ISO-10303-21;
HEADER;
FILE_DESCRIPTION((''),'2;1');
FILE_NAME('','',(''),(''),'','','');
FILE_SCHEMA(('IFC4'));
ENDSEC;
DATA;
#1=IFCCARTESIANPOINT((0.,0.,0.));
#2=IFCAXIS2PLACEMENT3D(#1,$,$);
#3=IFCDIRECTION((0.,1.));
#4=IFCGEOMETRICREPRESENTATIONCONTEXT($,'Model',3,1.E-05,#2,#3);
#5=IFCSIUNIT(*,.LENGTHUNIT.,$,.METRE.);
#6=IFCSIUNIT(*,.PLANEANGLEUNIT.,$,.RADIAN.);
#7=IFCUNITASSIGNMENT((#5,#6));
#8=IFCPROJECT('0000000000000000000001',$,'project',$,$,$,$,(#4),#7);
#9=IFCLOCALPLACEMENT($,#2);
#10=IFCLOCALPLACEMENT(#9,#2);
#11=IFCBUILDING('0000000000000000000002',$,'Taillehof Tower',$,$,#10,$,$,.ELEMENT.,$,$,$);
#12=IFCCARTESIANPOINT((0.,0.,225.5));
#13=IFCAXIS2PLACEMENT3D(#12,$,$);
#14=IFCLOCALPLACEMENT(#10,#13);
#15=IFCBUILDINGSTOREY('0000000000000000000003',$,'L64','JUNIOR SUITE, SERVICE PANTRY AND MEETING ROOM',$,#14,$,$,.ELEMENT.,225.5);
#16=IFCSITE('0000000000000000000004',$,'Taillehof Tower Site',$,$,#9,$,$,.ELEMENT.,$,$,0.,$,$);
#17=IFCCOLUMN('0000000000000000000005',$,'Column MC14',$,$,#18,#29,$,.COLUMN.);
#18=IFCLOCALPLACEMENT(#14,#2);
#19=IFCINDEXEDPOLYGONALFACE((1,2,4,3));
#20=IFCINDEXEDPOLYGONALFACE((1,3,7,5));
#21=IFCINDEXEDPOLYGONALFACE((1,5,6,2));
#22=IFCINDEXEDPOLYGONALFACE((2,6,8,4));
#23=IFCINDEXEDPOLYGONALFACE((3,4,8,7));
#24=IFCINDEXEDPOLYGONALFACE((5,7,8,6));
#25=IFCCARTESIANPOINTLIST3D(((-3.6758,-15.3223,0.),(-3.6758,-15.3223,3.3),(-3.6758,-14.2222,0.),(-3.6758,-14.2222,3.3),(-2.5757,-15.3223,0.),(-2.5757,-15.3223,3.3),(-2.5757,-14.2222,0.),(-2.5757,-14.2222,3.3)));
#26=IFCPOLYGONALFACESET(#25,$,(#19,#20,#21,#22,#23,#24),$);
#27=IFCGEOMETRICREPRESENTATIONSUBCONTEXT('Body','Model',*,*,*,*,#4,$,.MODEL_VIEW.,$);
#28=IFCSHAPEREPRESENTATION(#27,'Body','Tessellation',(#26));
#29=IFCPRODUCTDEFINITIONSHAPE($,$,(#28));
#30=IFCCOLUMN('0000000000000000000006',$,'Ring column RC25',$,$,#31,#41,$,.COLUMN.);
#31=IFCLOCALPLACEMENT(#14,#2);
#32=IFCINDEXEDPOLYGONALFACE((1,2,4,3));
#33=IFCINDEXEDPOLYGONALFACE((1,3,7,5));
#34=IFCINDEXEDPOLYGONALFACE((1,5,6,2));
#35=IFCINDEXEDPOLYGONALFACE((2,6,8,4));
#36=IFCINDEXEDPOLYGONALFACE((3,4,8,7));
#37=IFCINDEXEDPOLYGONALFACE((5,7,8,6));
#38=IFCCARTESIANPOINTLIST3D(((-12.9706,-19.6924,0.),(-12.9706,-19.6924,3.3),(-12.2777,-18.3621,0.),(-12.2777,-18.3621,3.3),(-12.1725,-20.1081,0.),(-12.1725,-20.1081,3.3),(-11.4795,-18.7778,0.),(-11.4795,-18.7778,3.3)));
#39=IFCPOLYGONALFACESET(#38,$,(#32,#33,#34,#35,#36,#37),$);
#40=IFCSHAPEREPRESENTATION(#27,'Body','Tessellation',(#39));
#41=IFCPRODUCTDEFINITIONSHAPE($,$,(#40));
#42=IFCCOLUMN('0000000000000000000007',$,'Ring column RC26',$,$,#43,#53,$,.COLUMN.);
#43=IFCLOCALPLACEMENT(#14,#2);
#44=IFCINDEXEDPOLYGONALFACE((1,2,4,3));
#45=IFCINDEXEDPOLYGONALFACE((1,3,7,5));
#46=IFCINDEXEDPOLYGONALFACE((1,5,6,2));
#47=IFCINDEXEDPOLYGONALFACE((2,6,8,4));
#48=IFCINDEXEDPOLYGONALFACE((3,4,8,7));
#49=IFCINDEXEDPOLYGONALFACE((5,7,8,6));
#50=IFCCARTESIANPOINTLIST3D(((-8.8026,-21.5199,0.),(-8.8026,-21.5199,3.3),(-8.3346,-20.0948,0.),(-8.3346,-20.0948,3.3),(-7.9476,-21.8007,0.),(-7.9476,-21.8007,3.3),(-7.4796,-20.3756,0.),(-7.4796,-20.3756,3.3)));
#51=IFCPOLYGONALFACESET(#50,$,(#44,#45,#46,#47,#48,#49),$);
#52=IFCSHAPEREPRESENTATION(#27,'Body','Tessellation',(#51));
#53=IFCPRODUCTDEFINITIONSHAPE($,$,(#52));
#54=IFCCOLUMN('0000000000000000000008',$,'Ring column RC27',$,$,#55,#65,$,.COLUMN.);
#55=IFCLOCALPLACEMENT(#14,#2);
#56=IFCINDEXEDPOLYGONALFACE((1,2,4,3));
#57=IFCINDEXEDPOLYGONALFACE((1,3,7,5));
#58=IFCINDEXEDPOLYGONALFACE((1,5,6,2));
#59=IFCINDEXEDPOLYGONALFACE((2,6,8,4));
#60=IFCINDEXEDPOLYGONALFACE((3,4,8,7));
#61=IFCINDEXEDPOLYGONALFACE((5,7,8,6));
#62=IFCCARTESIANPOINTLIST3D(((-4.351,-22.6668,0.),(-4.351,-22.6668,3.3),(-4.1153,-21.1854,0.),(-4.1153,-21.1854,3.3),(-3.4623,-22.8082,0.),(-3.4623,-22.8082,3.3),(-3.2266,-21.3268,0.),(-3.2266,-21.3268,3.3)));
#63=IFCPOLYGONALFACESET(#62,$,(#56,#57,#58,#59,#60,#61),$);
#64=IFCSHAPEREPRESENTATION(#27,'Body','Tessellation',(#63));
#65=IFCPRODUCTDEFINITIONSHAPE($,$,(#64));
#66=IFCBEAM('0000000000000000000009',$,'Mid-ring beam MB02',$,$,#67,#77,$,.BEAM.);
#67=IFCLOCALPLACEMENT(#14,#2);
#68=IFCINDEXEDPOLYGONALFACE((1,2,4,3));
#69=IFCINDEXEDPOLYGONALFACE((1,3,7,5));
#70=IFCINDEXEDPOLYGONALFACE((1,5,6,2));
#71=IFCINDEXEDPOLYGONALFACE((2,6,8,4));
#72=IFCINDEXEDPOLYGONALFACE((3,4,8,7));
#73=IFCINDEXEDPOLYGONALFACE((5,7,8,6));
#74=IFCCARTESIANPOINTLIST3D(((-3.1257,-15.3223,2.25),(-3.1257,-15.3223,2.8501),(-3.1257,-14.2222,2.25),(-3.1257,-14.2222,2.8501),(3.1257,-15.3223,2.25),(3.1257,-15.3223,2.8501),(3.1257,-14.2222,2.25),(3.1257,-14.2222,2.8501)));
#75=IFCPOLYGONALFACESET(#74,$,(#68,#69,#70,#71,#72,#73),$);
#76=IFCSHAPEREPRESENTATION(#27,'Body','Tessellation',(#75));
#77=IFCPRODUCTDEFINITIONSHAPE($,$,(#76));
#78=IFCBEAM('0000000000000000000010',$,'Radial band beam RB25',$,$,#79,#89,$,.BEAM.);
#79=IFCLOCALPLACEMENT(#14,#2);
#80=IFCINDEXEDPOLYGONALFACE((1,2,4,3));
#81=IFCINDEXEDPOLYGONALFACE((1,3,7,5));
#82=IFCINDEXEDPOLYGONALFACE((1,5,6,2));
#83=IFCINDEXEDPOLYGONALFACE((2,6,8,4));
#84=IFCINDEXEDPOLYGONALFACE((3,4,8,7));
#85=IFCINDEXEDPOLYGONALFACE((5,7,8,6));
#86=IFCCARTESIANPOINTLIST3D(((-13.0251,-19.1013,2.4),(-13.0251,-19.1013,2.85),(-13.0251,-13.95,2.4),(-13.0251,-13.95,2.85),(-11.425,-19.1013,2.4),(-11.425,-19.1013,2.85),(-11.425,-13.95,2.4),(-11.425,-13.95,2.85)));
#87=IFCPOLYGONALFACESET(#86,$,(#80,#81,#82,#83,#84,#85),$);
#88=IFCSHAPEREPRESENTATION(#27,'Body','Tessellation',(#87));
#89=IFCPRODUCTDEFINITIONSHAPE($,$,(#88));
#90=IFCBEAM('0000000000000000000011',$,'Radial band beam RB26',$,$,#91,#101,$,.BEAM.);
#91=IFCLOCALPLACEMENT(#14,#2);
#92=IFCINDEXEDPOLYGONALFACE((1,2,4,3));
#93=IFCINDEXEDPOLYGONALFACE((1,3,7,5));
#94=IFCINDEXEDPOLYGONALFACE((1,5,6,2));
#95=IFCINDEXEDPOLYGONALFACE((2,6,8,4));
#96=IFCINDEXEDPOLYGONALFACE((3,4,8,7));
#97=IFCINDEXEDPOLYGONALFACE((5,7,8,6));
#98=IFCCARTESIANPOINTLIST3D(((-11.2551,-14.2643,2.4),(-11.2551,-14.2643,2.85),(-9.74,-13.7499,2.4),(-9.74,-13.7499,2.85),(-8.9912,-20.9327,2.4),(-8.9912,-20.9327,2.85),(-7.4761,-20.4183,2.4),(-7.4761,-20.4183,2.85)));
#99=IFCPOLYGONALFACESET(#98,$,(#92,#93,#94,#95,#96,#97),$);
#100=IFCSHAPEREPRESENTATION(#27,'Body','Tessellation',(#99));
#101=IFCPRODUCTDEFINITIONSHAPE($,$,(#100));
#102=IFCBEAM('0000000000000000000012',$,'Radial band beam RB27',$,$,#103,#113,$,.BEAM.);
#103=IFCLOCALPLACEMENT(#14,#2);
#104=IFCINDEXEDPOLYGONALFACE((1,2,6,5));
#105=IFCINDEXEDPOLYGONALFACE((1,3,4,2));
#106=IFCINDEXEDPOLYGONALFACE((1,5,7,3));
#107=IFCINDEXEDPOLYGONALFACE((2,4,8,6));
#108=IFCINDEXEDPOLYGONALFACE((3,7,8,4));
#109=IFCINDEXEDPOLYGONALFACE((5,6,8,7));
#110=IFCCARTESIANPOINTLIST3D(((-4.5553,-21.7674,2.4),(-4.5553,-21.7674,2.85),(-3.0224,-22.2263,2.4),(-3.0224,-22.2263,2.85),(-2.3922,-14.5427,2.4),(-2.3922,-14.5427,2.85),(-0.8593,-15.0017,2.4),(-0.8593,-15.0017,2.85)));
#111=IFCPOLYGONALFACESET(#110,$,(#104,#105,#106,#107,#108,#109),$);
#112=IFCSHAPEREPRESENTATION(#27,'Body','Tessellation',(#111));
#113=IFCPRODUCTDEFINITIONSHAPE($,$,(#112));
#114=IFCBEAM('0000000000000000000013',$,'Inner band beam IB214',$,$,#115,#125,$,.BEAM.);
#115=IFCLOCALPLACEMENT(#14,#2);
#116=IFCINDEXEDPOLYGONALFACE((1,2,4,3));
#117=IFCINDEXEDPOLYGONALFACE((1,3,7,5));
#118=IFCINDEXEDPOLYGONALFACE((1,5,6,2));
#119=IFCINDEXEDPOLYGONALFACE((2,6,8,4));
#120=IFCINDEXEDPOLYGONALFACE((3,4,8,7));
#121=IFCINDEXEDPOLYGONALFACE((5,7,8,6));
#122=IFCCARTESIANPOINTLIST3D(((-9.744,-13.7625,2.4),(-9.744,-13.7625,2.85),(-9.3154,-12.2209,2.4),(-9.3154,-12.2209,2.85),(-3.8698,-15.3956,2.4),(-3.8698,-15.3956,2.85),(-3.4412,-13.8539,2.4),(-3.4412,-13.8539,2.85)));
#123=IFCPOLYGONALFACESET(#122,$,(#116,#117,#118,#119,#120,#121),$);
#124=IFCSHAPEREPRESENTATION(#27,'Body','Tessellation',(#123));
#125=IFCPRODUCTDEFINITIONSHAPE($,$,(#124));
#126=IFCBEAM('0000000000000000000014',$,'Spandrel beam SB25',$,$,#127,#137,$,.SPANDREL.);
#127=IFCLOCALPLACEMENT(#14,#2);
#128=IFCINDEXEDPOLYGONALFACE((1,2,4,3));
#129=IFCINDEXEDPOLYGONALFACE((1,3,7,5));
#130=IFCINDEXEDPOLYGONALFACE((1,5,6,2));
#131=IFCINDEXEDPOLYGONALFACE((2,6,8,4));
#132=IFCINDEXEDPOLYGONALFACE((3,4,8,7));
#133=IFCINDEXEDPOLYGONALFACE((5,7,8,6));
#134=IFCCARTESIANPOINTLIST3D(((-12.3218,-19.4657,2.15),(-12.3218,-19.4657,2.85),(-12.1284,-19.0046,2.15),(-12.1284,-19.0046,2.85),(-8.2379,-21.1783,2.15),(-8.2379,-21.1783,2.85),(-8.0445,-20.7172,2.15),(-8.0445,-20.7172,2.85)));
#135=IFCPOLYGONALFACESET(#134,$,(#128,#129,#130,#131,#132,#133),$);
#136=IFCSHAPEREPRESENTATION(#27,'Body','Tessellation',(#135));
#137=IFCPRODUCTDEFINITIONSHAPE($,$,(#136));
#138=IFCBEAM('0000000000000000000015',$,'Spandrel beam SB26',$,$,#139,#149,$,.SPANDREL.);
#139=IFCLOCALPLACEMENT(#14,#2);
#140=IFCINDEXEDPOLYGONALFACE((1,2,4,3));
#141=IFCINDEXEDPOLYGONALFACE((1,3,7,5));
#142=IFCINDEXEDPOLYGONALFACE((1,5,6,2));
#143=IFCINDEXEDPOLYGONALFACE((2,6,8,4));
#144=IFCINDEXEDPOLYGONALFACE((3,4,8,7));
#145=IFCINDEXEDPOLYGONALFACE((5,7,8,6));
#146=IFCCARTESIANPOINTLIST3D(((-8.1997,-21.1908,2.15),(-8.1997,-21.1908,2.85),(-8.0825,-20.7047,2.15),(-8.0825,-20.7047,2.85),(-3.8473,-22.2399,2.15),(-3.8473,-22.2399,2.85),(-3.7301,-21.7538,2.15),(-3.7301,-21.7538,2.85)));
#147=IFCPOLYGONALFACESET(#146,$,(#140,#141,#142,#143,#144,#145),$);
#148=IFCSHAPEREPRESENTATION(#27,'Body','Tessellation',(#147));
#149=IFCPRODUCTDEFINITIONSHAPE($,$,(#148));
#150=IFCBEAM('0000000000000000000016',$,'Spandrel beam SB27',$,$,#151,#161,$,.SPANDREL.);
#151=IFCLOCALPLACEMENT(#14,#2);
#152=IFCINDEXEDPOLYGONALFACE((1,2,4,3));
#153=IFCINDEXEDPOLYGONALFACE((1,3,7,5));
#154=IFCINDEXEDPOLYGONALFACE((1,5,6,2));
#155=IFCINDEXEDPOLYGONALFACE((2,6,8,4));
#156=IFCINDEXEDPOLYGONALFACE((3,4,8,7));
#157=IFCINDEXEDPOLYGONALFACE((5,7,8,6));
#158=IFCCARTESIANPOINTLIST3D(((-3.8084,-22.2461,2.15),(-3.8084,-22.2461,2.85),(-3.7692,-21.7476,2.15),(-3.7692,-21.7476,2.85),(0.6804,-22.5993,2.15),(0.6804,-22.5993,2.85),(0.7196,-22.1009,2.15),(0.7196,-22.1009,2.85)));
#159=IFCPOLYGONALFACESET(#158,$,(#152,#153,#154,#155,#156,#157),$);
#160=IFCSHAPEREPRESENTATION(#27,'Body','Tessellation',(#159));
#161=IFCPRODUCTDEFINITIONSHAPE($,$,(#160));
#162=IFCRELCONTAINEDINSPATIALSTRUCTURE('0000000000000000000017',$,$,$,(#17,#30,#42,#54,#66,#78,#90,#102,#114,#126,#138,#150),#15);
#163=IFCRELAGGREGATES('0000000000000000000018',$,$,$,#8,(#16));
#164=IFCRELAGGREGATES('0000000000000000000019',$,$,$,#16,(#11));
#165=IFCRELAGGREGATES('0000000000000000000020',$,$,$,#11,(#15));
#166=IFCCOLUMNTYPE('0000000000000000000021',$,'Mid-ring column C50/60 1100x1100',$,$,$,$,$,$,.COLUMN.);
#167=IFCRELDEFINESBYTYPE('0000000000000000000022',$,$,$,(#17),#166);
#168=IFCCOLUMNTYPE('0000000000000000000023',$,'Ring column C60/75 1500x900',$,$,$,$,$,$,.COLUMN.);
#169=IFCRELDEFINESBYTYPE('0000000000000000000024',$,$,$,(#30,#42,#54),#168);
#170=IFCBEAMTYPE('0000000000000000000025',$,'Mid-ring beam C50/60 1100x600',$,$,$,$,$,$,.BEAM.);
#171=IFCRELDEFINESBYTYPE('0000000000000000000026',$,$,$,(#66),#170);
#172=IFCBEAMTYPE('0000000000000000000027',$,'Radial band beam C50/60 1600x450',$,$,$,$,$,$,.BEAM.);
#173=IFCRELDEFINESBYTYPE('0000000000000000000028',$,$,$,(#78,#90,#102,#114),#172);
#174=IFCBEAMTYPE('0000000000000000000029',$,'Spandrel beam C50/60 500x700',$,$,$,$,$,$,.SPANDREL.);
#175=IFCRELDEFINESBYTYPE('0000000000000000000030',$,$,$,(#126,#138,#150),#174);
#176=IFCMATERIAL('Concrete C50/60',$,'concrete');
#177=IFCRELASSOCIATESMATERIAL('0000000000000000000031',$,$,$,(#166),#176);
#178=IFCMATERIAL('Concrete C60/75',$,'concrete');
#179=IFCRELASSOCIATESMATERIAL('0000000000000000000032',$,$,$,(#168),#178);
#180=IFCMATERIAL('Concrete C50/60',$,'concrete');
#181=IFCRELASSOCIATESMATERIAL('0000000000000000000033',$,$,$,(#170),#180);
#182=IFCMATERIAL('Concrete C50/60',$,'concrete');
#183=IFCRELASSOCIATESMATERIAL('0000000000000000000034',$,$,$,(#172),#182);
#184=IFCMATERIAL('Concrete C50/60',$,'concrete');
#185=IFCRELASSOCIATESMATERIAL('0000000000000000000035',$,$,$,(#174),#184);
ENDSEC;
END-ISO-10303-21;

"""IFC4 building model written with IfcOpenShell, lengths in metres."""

from ifc_helpers import new_model, si_unit, direction, frame, origin, origin_2d, place, context, subcontext, project, spatial, rectangle, extrude, material, material_profile, profile_set, type_object, element, save


model = new_model("IFC4")

# Units and contexts
model_context = context("Model", 3, precision=1e-05, world=origin(), true_north=direction((0.0, 1.0)))
body_context = subcontext(model_context, "Body", "Model", "MODEL_VIEW")
ifc_project = project(units=[si_unit("LENGTHUNIT", "METRE"), si_unit("PLANEANGLEUNIT", "RADIAN")], contexts=[model_context])

# Site, building, storey
site_placement = place(None, origin())
site = spatial("IfcSite", under=ifc_project, at=site_placement, Name="Taillehof Tower Site", CompositionType="ELEMENT", RefElevation=0.0)
building_placement = place(site_placement, origin())
building = spatial("IfcBuilding", under=site, at=building_placement, Name="Taillehof Tower", CompositionType="ELEMENT")
storey_placement = place(building_placement, frame((0.0, 0.0, 225.5)))
storey = spatial("IfcBuildingStorey", under=building, at=storey_placement, Name="L64", Description="JUNIOR SUITE, SERVICE PANTRY AND MEETING ROOM", CompositionType="ELEMENT", Elevation=225.5)

# Columns
ifc_material_1 = material(Name="Concrete C50/60", Category="concrete")
ifc_material_profile_1 = material_profile(ifc_material_1, rectangle(XDim=1.1001, YDim=1.1001, at=origin_2d()), Name="RC 1100x1100")
ifc_profile_set_1 = profile_set([ifc_material_profile_1], Name="Concrete C50/60")
column_type_1 = type_object("IfcColumnType", Name="Mid-ring column C50/60 1100x1100", PredefinedType="COLUMN", material=ifc_profile_set_1)
column_placement = place(storey_placement, frame((-3.1257, -14.7722, 0.0), z_axis=(0.0, 0.0, 1.0), x_axis=(1.0, 0.0, 0.0)))
element("IfcColumn", 1, at=column_placement, inside=storey, type_object=column_type_1, Name="Column MC14", PredefinedType="COLUMN", context=body_context, shape_type="SweptSolid", body=[
    extrude(rectangle(XDim=1.1001, YDim=1.1001, at=origin_2d()), origin(), (0.0, 0.0, 1.0), 3.3),
])
ifc_material_2 = material(Name="Concrete C60/75", Category="concrete")
ifc_material_profile_2 = material_profile(ifc_material_2, rectangle(XDim=1.5, YDim=0.8999, at=origin_2d()), Name="RC 1500x900")
ifc_profile_set_2 = profile_set([ifc_material_profile_2], Name="Concrete C60/75")
column_type_2 = type_object("IfcColumnType", Name="Ring column C60/75 1500x900", PredefinedType="COLUMN", material=ifc_profile_set_2)
for number, where, z_axis, x_axis, name in (
    (2, (-12.2251, -19.2351, 0.0), (0.0, 0.0, 1.0), (-0.461993, -0.886883, 0.0), "Ring column RC25"),
    (3, (-8.1411, -20.9478, 0.0), (0.0, 0.0, 1.0), (-0.312001, -0.950082, 0.0), "Ring column RC26"),
    (4, (-3.7888, -21.9968, 0.0), (0.0, 0.0, 1.0), (-0.157116, -0.98758, 0.0), "Ring column RC27"),
):
    element("IfcColumn", number, at=place(storey_placement, frame(where, z_axis=z_axis, x_axis=x_axis)), inside=storey, type_object=column_type_2, Name=name, PredefinedType="COLUMN", context=body_context, shape_type="SweptSolid", body=[
        extrude(rectangle(XDim=1.5, YDim=0.8999, at=origin_2d()), origin(), (0.0, 0.0, 1.0), 3.3),
    ])

# Beams
ifc_material_3 = material(Name="Concrete C50/60", Category="concrete")
ifc_material_profile_3 = material_profile(ifc_material_3, rectangle(XDim=1.1001, YDim=0.6001, at=origin_2d()), Name="RC 1100x600")
ifc_profile_set_3 = profile_set([ifc_material_profile_3], Name="Concrete C50/60")
beam_type_1 = type_object("IfcBeamType", Name="Mid-ring beam C50/60 1100x600", PredefinedType="BEAM", material=ifc_profile_set_3)
beam_1_placement = place(storey_placement, frame((-3.1257, -14.7722, 2.55), z_axis=(1.0, 0.0, 0.0), x_axis=(0.0, 1.0, 0.0)))
element("IfcBeam", 5, at=beam_1_placement, inside=storey, type_object=beam_type_1, Name="Mid-ring beam MB02", PredefinedType="BEAM", context=body_context, shape_type="SweptSolid", body=[
    extrude(rectangle(XDim=1.1001, YDim=0.6001, at=origin_2d()), origin(), (0.0, 0.0, 1.0), 6.2515),
])
ifc_material_4 = material(Name="Concrete C50/60", Category="concrete")
ifc_material_profile_4 = material_profile(ifc_material_4, rectangle(XDim=1.6001, YDim=0.45, at=origin_2d()), Name="RC 1600x450")
ifc_profile_set_4 = profile_set([ifc_material_profile_4], Name="Concrete C50/60")
beam_type_2 = type_object("IfcBeamType", Name="Radial band beam C50/60 1600x450", PredefinedType="BEAM", material=ifc_profile_set_4)
beam_2_placement = place(storey_placement, frame((-12.2251, -19.1013, 2.625), z_axis=(0.0, 1.0, 0.0), x_axis=(-1.0, 0.0, 0.0)))
element("IfcBeam", 6, at=beam_2_placement, inside=storey, type_object=beam_type_2, Name="Radial band beam RB25", PredefinedType="BEAM", context=body_context, shape_type="SweptSolid", body=[
    extrude(rectangle(XDim=1.6001, YDim=0.45, at=origin_2d()), origin(), (0.0, 0.0, 1.0), 5.1514),
])
beam_3_placement = place(storey_placement, frame((-8.2336, -20.6755, 2.625), z_axis=(-0.321475, 0.946918, 0.0), x_axis=(-0.946918, -0.321475, 0.0)))
element("IfcBeam", 7, at=beam_3_placement, inside=storey, type_object=beam_type_2, Name="Radial band beam RB26", PredefinedType="BEAM", context=body_context, shape_type="SweptSolid", body=[
    extrude(rectangle(XDim=1.6001, YDim=0.45, at=origin_2d()), origin(), (0.0, 0.0, 1.0), 7.0422),
])
beam_4_placement = place(storey_placement, frame((-3.7888, -21.9968, 2.625), z_axis=(0.286825, 0.957983, 0.0), x_axis=(-0.957983, 0.286825, 0.0)))
element("IfcBeam", 8, at=beam_4_placement, inside=storey, type_object=beam_type_2, Name="Radial band beam RB27", PredefinedType="BEAM", context=body_context, shape_type="SweptSolid", body=[
    extrude(rectangle(XDim=1.6001, YDim=0.45, at=origin_2d()), origin(), (0.0, 0.0, 1.0), 7.5415),
])
beam_5_placement = place(storey_placement, frame((-3.6555, -14.6248, 2.625), z_axis=(-0.963459, 0.267855, 0.0), x_axis=(-0.267855, -0.963459, 0.0)))
element("IfcBeam", 9, at=beam_5_placement, inside=storey, type_object=beam_type_2, Name="Inner band beam IB214", PredefinedType="BEAM", context=body_context, shape_type="SweptSolid", body=[
    extrude(rectangle(XDim=1.6001, YDim=0.45, at=origin_2d()), origin(), (0.0, 0.0, 1.0), 6.0969),
])
ifc_material_5 = material(Name="Concrete C50/60", Category="concrete")
ifc_material_profile_5 = material_profile(ifc_material_5, rectangle(XDim=0.5, YDim=0.7, at=origin_2d()), Name="RC 500x700")
ifc_profile_set_5 = profile_set([ifc_material_profile_5], Name="Concrete C50/60")
beam_type_3 = type_object("IfcBeamType", Name="Spandrel beam C50/60 500x700", PredefinedType="SPANDREL", material=ifc_profile_set_5)
beam_6_placement = place(storey_placement, frame((-12.2251, -19.2351, 2.5), z_axis=(0.922194, -0.386728, 0.0), x_axis=(0.386728, 0.922194, 0.0)))
element("IfcBeam", 10, at=beam_6_placement, inside=storey, type_object=beam_type_3, Name="Spandrel beam SB25", PredefinedType="SPANDREL", context=body_context, shape_type="SweptSolid", body=[
    extrude(rectangle(XDim=0.5, YDim=0.7, at=origin_2d()), origin(), (0.0, 0.0, 1.0), 4.4285),
])
beam_7_placement = place(storey_placement, frame((-8.1411, -20.9478, 2.5), z_axis=(0.972158, -0.234328, 0.0), x_axis=(0.234328, 0.972158, 0.0)))
element("IfcBeam", 11, at=beam_7_placement, inside=storey, type_object=beam_type_3, Name="Spandrel beam SB26", PredefinedType="SPANDREL", context=body_context, shape_type="SweptSolid", body=[
    extrude(rectangle(XDim=0.5, YDim=0.7, at=origin_2d()), origin(), (0.0, 0.0, 1.0), 4.4771),
])
beam_8_placement = place(storey_placement, frame((-3.7888, -21.9968, 2.5), z_axis=(0.996917, -0.078459, 0.0), x_axis=(0.078459, 0.996917, 0.0)))
element("IfcBeam", 12, at=beam_8_placement, inside=storey, type_object=beam_type_3, Name="Spandrel beam SB27", PredefinedType="SPANDREL", context=body_context, shape_type="SweptSolid", body=[
    extrude(rectangle(XDim=0.5, YDim=0.7, at=origin_2d()), origin(), (0.0, 0.0, 1.0), 4.5027),
])

save(model, "model.ifc")
